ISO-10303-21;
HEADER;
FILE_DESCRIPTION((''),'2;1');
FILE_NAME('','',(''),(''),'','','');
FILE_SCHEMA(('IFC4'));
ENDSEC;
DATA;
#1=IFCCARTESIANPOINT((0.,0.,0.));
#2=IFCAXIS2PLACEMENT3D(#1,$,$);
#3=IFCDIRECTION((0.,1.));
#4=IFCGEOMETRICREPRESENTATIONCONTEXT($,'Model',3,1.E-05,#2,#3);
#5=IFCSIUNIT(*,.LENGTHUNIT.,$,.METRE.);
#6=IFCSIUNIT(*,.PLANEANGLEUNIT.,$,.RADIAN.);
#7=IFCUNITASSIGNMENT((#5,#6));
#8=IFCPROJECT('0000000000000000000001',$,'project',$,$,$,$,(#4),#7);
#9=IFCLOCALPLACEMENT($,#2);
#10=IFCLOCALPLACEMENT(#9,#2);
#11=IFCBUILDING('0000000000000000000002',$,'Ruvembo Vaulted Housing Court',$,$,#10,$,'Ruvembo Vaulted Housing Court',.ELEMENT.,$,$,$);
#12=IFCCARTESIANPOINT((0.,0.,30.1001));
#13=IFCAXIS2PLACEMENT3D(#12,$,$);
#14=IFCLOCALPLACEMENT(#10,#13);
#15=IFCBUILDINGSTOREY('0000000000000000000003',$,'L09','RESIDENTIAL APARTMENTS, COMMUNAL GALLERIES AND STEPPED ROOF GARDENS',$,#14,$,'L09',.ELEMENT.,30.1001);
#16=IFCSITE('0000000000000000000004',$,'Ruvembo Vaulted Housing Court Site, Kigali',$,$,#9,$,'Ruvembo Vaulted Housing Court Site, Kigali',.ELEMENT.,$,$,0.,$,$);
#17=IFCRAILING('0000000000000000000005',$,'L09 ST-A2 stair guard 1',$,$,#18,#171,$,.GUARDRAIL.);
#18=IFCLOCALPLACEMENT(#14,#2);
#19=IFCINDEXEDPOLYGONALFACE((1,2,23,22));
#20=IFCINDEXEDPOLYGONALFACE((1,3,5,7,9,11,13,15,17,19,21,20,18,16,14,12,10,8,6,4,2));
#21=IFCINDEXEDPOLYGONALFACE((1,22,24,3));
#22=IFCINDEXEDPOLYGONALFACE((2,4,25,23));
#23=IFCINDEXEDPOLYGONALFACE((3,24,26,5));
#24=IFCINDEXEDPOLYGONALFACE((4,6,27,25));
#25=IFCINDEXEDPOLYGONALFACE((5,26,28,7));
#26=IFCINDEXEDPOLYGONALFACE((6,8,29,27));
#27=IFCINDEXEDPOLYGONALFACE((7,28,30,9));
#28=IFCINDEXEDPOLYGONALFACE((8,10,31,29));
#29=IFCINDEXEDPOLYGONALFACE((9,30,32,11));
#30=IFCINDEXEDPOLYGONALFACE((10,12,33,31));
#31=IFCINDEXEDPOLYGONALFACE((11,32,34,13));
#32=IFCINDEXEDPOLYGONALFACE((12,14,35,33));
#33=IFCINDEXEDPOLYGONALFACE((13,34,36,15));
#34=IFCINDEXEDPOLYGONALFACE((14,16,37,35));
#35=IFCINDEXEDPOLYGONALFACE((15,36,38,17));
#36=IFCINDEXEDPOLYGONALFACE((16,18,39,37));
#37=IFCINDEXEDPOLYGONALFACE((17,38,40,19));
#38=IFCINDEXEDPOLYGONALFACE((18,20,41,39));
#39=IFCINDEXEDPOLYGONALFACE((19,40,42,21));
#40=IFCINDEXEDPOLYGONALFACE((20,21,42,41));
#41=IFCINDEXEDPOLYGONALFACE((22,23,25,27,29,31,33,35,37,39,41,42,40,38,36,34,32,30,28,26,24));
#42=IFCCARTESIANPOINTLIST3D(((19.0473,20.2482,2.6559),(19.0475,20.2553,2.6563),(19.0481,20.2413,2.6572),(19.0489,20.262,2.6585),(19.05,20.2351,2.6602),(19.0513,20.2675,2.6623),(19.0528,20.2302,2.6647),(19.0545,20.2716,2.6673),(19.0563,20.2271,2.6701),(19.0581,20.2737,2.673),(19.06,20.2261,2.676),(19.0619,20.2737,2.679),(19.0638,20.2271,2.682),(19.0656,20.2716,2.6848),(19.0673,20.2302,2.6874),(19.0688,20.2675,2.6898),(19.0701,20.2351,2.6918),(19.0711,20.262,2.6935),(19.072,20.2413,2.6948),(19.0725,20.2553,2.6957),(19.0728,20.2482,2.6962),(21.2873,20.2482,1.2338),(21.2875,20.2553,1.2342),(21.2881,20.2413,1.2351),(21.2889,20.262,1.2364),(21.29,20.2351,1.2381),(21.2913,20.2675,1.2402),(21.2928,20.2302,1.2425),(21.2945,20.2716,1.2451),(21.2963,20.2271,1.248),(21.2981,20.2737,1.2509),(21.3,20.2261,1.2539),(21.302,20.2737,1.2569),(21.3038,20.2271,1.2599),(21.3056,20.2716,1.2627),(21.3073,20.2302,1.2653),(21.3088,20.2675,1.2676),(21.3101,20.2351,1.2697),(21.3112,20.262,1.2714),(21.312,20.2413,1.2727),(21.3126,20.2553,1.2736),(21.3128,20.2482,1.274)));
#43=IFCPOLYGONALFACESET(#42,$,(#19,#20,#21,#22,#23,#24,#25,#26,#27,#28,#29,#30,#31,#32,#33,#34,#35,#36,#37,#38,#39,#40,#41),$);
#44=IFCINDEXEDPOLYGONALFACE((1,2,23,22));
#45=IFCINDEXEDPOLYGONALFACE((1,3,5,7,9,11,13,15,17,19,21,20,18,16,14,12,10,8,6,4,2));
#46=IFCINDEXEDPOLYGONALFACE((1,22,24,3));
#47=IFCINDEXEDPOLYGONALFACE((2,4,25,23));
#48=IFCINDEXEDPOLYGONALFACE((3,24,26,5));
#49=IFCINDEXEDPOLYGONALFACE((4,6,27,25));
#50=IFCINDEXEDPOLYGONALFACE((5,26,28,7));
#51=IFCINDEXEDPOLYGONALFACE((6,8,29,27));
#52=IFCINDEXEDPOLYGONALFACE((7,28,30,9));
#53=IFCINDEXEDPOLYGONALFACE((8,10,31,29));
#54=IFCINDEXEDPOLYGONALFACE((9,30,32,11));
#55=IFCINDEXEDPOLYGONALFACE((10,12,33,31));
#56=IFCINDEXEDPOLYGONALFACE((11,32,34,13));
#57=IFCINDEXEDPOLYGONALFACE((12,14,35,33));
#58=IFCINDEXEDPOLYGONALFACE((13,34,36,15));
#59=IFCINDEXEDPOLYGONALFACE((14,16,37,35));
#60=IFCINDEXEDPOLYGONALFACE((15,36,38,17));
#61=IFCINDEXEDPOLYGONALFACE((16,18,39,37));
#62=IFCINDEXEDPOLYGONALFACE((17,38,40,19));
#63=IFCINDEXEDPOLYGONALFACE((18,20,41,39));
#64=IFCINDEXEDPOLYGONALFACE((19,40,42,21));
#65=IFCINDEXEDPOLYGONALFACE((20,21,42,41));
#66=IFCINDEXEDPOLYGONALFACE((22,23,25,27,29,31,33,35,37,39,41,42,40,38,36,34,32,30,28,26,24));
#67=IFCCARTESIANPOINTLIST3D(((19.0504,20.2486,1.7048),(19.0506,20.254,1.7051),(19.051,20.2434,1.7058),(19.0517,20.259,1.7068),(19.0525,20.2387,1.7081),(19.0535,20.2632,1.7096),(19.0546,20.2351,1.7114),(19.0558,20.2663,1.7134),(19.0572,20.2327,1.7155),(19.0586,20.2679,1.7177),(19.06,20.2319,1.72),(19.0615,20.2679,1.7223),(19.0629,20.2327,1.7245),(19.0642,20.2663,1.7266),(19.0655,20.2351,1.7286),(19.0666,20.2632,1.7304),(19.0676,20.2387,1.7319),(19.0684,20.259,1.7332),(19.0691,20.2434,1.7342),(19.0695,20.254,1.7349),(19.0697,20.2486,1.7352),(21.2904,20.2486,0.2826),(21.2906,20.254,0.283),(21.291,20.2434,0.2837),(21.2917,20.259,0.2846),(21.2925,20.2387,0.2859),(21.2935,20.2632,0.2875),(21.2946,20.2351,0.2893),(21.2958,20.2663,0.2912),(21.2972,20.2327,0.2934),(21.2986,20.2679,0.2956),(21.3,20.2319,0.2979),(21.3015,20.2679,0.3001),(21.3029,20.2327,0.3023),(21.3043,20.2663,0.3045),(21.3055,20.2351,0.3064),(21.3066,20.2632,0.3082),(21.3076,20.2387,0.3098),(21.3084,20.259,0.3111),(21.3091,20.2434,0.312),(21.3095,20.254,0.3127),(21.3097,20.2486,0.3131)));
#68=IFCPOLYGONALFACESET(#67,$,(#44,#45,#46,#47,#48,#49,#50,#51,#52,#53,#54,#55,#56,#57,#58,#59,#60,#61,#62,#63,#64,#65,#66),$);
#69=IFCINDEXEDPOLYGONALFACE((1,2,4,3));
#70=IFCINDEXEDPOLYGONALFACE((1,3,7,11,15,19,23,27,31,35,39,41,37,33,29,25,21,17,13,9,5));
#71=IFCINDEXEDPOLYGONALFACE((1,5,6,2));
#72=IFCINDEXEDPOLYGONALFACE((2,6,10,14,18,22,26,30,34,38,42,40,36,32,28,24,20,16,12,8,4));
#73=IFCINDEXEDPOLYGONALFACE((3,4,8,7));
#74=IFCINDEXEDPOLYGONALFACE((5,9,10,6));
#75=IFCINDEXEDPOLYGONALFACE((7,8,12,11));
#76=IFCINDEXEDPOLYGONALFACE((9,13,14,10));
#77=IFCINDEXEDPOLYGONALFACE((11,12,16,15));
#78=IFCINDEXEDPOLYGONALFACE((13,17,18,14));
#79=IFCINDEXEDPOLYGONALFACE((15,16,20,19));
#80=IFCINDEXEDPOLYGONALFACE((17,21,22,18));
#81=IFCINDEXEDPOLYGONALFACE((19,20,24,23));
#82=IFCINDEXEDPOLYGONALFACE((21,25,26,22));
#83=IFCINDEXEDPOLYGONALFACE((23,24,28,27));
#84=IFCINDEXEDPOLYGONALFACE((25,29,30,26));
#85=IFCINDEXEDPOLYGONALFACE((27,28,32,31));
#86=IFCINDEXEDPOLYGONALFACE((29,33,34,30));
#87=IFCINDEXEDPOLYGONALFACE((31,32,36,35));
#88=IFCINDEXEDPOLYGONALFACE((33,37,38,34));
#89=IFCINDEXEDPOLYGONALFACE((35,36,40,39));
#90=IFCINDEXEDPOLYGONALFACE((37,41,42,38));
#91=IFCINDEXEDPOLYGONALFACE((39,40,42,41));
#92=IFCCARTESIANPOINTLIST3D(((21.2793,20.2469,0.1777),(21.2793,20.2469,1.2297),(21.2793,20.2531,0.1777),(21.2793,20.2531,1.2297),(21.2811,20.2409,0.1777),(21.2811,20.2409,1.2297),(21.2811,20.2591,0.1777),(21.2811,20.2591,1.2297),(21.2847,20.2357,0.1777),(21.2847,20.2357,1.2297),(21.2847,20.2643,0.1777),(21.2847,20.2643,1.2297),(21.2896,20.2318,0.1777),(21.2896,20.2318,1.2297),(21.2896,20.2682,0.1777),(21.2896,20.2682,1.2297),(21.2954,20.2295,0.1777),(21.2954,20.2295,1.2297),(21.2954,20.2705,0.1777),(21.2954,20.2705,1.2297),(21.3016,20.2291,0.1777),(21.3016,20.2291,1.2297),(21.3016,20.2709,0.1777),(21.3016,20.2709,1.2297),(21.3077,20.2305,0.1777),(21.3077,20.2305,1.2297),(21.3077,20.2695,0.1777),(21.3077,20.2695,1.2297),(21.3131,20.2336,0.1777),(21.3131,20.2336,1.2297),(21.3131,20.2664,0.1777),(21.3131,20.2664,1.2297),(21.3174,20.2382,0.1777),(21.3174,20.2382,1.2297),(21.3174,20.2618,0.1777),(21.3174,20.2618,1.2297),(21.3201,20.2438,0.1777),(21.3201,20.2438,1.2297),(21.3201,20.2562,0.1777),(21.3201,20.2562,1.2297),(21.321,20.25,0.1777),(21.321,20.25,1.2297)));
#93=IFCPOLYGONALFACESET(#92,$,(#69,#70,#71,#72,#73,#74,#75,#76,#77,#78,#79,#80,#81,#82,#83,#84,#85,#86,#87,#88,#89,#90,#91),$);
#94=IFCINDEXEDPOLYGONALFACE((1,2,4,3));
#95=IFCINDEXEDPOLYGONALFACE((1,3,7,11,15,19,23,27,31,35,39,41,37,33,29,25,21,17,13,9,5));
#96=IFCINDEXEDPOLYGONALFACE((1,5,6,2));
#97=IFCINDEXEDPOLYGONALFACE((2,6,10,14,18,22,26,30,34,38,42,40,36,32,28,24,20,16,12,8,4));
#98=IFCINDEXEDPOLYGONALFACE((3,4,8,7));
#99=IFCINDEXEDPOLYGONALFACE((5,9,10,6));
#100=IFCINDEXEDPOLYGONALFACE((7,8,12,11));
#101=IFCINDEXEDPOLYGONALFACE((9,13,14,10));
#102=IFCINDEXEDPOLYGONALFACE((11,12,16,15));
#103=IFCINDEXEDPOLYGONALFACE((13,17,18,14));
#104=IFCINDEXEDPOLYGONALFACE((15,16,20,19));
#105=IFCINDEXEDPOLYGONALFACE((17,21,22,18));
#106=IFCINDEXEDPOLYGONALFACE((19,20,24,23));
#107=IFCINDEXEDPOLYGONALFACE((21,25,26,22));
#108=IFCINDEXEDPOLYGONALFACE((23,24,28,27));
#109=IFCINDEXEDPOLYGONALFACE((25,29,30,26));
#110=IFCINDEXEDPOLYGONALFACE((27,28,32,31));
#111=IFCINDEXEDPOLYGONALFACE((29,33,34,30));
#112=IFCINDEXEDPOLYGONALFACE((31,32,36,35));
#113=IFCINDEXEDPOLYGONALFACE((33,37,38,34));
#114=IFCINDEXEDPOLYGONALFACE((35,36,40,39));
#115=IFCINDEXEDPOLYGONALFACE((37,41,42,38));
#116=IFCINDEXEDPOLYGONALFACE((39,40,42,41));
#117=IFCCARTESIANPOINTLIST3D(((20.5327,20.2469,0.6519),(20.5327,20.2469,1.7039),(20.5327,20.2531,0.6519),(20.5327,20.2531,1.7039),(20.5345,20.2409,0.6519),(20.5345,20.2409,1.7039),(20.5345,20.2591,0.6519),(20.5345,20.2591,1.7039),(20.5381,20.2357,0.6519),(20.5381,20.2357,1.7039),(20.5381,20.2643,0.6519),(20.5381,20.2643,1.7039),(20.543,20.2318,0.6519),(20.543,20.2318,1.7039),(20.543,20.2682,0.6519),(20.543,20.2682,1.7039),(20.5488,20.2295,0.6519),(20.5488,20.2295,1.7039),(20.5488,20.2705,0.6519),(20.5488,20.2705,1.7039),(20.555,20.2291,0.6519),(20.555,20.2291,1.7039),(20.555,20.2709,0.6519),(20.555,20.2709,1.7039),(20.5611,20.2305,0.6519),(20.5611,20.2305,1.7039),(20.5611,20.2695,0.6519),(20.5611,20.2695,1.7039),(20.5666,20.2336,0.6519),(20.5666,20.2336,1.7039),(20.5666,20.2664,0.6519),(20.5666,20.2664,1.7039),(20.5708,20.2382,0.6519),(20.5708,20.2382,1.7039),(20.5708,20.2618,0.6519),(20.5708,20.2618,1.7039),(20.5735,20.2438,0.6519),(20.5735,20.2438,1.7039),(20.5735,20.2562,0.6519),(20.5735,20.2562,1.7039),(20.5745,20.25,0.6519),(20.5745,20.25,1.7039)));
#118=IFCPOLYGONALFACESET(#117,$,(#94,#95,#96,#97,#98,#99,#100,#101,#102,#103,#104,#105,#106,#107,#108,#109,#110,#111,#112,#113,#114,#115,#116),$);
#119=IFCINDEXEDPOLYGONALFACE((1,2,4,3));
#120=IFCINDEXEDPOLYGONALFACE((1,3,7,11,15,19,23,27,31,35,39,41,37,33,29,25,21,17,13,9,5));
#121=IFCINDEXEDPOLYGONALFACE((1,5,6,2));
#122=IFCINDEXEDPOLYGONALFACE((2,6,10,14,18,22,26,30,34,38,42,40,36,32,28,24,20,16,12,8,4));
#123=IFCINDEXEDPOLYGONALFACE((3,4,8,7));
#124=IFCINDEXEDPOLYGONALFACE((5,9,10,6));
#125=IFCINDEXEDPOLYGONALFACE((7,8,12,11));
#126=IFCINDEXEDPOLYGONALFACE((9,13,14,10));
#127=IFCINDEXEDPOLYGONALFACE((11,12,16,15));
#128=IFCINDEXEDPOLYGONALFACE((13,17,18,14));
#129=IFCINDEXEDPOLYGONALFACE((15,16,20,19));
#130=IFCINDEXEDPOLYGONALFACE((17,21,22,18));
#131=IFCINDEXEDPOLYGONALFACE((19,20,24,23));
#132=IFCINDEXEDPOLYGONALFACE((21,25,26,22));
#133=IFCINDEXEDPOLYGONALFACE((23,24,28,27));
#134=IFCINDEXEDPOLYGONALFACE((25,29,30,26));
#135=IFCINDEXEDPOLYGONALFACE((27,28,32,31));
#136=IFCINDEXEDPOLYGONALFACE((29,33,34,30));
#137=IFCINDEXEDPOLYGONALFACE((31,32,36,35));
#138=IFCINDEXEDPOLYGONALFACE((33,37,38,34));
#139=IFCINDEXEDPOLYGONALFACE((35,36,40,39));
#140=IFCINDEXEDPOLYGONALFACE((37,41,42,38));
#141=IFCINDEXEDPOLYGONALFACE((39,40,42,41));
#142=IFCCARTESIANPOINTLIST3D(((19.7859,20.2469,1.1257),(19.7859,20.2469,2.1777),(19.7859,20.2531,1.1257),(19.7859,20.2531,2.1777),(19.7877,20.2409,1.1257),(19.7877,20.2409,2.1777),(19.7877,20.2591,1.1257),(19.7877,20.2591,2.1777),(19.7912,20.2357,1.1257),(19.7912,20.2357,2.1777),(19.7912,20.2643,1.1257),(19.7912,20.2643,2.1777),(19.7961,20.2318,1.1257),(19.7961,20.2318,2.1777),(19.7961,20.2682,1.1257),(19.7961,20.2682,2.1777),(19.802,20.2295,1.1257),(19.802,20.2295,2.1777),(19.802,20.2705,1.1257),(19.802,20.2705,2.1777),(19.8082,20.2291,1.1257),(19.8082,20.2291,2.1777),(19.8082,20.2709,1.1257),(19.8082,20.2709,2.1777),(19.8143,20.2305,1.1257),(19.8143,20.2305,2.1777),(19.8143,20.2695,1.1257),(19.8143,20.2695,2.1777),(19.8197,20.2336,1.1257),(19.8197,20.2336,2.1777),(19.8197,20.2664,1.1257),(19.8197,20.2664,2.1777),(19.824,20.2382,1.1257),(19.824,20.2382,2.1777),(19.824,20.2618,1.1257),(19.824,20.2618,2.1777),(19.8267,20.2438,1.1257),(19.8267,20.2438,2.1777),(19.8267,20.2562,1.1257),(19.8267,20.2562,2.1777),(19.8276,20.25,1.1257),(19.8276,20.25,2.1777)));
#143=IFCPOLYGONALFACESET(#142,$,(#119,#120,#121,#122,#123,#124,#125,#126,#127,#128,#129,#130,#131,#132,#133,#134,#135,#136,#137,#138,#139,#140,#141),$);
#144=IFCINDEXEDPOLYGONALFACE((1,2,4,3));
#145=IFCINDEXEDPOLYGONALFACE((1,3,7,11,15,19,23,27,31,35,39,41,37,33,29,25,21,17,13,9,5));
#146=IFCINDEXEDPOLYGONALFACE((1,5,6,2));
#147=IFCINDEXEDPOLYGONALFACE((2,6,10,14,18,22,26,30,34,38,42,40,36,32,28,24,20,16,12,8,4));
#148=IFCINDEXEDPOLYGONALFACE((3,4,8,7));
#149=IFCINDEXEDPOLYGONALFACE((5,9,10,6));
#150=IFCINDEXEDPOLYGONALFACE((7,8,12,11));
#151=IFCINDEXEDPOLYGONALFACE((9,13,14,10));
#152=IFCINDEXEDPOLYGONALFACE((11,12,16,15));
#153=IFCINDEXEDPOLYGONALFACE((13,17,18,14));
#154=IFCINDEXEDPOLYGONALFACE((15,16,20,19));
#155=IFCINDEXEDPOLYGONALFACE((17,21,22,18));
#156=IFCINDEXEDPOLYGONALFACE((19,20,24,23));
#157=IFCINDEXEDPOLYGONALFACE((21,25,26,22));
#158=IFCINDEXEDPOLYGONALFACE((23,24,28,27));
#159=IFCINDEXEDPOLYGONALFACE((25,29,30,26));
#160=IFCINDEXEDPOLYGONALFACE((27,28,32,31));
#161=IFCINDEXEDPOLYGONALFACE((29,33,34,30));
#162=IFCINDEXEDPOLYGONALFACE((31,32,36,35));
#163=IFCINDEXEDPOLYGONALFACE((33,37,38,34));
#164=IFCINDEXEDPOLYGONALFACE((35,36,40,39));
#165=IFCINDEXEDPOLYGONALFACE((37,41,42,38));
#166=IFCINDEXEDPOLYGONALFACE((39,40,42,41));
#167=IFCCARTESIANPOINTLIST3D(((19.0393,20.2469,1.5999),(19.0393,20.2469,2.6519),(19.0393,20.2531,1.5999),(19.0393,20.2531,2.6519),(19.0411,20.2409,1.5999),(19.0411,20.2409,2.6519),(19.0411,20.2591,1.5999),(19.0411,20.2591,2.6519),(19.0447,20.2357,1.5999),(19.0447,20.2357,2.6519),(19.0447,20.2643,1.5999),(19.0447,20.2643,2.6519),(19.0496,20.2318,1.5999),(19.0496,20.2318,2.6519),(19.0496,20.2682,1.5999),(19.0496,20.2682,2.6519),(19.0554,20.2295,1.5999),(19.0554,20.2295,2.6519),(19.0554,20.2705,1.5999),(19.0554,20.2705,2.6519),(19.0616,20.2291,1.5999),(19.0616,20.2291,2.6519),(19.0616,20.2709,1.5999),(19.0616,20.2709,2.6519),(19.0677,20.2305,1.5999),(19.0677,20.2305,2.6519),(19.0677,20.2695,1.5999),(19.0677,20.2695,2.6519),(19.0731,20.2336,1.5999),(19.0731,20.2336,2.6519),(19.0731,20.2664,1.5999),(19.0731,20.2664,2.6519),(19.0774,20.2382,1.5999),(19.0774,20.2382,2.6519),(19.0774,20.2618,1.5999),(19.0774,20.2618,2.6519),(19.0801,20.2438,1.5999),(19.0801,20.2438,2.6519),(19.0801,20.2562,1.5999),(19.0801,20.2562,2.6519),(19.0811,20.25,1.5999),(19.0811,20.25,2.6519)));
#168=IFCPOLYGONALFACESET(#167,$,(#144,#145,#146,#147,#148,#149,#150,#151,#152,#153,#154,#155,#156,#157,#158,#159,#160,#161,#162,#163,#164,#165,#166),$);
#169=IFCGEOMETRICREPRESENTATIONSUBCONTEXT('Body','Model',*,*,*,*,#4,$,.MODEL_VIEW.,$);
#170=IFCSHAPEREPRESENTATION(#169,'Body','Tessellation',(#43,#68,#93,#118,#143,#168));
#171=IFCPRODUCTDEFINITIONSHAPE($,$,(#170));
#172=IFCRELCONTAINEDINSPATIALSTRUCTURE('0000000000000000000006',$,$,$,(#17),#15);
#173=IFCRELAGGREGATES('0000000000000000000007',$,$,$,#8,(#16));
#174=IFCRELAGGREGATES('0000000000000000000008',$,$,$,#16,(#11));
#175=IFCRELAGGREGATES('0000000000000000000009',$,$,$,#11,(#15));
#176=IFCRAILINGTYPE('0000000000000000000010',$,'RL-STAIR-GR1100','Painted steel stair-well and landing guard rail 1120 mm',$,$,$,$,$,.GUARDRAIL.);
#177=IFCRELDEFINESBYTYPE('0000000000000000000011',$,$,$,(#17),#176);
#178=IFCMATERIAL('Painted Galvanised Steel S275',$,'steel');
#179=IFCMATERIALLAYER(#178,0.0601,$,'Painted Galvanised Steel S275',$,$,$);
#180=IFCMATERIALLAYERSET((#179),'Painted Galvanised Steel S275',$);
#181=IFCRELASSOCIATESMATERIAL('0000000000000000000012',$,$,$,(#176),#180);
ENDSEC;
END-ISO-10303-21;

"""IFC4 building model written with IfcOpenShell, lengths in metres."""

from ifc_helpers import new_model, si_unit, direction, frame, origin, origin_2d, place, context, subcontext, project, spatial, circle, extrude, material, layer, layer_set, type_object, element, save


model = new_model("IFC4")

# Units and contexts
model_context = context("Model", 3, precision=1e-05, world=origin(), true_north=direction((0.0, 1.0)))
body_context = subcontext(model_context, "Body", "Model", "MODEL_VIEW")
ifc_project = project(units=[si_unit("LENGTHUNIT", "METRE"), si_unit("PLANEANGLEUNIT", "RADIAN")], contexts=[model_context])

# Site, building, storey
site_placement = place(None, origin())
site = spatial("IfcSite", under=ifc_project, at=site_placement, Name="Ruvembo Vaulted Housing Court Site, Kigali", LongName="Ruvembo Vaulted Housing Court Site, Kigali", CompositionType="ELEMENT", RefElevation=0.0)
building_placement = place(site_placement, origin())
building = spatial("IfcBuilding", under=site, at=building_placement, Name="Ruvembo Vaulted Housing Court", LongName="Ruvembo Vaulted Housing Court", CompositionType="ELEMENT")
storey_placement = place(building_placement, frame((0.0, 0.0, 30.1001)))
storey = spatial("IfcBuildingStorey", under=building, at=storey_placement, Name="L09", Description="RESIDENTIAL APARTMENTS, COMMUNAL GALLERIES AND STEPPED ROOF GARDENS", LongName="L09", CompositionType="ELEMENT", Elevation=30.1001)

# Railing
ifc_material_1 = material(Name="Painted Galvanised Steel S275", Category="steel")
ifc_layer_1 = layer(ifc_material_1, 0.0601, Name="Painted Galvanised Steel S275")
ifc_layer_set_1 = layer_set([ifc_layer_1], Name="Painted Galvanised Steel S275")
railing_type_1 = type_object("IfcRailingType", Name="RL-STAIR-GR1100", Description="Painted steel stair-well and landing guard rail 1120 mm", PredefinedType="GUARDRAIL", material=ifc_layer_set_1)
railing_1_placement = place(storey_placement, frame((21.3, 20.25, 0.1777)))
element("IfcRailing", 1, at=railing_1_placement, inside=storey, type_object=railing_type_1, Name="L09 ST-A2 stair guard 1", PredefinedType="GUARDRAIL", context=body_context, shape_type="SweptSolid", body=[
    extrude(circle(Radius=0.0239, at=origin_2d()), frame((0.0, 0.0, 1.0762), z_axis=(-0.844229, 0.0, 0.535982), x_axis=(0.0, -1.0, 0.0)), (0.0, 0.0, 1.0), 2.6533),
    extrude(circle(Radius=0.0181, at=origin_2d()), frame((0.0, 0.0, 0.1201), z_axis=(-0.844229, 0.0, 0.535982), x_axis=(0.0, -1.0, 0.0)), (0.0, 0.0, 1.0), 2.6533),
    extrude(circle(Radius=0.021, at=origin_2d()), origin(), (0.0, 0.0, 1.0), 1.052),
    extrude(circle(Radius=0.021, at=origin_2d()), frame((-0.7466, 0.0, 0.4741)), (0.0, 0.0, 1.0), 1.052),
    extrude(circle(Radius=0.021, at=origin_2d()), frame((-1.4934, 0.0, 0.948)), (0.0, 0.0, 1.0), 1.052),
    extrude(circle(Radius=0.021, at=origin_2d()), frame((-2.24, 0.0, 1.4221)), (0.0, 0.0, 1.0), 1.052),
])

save(model, "model.ifc")
